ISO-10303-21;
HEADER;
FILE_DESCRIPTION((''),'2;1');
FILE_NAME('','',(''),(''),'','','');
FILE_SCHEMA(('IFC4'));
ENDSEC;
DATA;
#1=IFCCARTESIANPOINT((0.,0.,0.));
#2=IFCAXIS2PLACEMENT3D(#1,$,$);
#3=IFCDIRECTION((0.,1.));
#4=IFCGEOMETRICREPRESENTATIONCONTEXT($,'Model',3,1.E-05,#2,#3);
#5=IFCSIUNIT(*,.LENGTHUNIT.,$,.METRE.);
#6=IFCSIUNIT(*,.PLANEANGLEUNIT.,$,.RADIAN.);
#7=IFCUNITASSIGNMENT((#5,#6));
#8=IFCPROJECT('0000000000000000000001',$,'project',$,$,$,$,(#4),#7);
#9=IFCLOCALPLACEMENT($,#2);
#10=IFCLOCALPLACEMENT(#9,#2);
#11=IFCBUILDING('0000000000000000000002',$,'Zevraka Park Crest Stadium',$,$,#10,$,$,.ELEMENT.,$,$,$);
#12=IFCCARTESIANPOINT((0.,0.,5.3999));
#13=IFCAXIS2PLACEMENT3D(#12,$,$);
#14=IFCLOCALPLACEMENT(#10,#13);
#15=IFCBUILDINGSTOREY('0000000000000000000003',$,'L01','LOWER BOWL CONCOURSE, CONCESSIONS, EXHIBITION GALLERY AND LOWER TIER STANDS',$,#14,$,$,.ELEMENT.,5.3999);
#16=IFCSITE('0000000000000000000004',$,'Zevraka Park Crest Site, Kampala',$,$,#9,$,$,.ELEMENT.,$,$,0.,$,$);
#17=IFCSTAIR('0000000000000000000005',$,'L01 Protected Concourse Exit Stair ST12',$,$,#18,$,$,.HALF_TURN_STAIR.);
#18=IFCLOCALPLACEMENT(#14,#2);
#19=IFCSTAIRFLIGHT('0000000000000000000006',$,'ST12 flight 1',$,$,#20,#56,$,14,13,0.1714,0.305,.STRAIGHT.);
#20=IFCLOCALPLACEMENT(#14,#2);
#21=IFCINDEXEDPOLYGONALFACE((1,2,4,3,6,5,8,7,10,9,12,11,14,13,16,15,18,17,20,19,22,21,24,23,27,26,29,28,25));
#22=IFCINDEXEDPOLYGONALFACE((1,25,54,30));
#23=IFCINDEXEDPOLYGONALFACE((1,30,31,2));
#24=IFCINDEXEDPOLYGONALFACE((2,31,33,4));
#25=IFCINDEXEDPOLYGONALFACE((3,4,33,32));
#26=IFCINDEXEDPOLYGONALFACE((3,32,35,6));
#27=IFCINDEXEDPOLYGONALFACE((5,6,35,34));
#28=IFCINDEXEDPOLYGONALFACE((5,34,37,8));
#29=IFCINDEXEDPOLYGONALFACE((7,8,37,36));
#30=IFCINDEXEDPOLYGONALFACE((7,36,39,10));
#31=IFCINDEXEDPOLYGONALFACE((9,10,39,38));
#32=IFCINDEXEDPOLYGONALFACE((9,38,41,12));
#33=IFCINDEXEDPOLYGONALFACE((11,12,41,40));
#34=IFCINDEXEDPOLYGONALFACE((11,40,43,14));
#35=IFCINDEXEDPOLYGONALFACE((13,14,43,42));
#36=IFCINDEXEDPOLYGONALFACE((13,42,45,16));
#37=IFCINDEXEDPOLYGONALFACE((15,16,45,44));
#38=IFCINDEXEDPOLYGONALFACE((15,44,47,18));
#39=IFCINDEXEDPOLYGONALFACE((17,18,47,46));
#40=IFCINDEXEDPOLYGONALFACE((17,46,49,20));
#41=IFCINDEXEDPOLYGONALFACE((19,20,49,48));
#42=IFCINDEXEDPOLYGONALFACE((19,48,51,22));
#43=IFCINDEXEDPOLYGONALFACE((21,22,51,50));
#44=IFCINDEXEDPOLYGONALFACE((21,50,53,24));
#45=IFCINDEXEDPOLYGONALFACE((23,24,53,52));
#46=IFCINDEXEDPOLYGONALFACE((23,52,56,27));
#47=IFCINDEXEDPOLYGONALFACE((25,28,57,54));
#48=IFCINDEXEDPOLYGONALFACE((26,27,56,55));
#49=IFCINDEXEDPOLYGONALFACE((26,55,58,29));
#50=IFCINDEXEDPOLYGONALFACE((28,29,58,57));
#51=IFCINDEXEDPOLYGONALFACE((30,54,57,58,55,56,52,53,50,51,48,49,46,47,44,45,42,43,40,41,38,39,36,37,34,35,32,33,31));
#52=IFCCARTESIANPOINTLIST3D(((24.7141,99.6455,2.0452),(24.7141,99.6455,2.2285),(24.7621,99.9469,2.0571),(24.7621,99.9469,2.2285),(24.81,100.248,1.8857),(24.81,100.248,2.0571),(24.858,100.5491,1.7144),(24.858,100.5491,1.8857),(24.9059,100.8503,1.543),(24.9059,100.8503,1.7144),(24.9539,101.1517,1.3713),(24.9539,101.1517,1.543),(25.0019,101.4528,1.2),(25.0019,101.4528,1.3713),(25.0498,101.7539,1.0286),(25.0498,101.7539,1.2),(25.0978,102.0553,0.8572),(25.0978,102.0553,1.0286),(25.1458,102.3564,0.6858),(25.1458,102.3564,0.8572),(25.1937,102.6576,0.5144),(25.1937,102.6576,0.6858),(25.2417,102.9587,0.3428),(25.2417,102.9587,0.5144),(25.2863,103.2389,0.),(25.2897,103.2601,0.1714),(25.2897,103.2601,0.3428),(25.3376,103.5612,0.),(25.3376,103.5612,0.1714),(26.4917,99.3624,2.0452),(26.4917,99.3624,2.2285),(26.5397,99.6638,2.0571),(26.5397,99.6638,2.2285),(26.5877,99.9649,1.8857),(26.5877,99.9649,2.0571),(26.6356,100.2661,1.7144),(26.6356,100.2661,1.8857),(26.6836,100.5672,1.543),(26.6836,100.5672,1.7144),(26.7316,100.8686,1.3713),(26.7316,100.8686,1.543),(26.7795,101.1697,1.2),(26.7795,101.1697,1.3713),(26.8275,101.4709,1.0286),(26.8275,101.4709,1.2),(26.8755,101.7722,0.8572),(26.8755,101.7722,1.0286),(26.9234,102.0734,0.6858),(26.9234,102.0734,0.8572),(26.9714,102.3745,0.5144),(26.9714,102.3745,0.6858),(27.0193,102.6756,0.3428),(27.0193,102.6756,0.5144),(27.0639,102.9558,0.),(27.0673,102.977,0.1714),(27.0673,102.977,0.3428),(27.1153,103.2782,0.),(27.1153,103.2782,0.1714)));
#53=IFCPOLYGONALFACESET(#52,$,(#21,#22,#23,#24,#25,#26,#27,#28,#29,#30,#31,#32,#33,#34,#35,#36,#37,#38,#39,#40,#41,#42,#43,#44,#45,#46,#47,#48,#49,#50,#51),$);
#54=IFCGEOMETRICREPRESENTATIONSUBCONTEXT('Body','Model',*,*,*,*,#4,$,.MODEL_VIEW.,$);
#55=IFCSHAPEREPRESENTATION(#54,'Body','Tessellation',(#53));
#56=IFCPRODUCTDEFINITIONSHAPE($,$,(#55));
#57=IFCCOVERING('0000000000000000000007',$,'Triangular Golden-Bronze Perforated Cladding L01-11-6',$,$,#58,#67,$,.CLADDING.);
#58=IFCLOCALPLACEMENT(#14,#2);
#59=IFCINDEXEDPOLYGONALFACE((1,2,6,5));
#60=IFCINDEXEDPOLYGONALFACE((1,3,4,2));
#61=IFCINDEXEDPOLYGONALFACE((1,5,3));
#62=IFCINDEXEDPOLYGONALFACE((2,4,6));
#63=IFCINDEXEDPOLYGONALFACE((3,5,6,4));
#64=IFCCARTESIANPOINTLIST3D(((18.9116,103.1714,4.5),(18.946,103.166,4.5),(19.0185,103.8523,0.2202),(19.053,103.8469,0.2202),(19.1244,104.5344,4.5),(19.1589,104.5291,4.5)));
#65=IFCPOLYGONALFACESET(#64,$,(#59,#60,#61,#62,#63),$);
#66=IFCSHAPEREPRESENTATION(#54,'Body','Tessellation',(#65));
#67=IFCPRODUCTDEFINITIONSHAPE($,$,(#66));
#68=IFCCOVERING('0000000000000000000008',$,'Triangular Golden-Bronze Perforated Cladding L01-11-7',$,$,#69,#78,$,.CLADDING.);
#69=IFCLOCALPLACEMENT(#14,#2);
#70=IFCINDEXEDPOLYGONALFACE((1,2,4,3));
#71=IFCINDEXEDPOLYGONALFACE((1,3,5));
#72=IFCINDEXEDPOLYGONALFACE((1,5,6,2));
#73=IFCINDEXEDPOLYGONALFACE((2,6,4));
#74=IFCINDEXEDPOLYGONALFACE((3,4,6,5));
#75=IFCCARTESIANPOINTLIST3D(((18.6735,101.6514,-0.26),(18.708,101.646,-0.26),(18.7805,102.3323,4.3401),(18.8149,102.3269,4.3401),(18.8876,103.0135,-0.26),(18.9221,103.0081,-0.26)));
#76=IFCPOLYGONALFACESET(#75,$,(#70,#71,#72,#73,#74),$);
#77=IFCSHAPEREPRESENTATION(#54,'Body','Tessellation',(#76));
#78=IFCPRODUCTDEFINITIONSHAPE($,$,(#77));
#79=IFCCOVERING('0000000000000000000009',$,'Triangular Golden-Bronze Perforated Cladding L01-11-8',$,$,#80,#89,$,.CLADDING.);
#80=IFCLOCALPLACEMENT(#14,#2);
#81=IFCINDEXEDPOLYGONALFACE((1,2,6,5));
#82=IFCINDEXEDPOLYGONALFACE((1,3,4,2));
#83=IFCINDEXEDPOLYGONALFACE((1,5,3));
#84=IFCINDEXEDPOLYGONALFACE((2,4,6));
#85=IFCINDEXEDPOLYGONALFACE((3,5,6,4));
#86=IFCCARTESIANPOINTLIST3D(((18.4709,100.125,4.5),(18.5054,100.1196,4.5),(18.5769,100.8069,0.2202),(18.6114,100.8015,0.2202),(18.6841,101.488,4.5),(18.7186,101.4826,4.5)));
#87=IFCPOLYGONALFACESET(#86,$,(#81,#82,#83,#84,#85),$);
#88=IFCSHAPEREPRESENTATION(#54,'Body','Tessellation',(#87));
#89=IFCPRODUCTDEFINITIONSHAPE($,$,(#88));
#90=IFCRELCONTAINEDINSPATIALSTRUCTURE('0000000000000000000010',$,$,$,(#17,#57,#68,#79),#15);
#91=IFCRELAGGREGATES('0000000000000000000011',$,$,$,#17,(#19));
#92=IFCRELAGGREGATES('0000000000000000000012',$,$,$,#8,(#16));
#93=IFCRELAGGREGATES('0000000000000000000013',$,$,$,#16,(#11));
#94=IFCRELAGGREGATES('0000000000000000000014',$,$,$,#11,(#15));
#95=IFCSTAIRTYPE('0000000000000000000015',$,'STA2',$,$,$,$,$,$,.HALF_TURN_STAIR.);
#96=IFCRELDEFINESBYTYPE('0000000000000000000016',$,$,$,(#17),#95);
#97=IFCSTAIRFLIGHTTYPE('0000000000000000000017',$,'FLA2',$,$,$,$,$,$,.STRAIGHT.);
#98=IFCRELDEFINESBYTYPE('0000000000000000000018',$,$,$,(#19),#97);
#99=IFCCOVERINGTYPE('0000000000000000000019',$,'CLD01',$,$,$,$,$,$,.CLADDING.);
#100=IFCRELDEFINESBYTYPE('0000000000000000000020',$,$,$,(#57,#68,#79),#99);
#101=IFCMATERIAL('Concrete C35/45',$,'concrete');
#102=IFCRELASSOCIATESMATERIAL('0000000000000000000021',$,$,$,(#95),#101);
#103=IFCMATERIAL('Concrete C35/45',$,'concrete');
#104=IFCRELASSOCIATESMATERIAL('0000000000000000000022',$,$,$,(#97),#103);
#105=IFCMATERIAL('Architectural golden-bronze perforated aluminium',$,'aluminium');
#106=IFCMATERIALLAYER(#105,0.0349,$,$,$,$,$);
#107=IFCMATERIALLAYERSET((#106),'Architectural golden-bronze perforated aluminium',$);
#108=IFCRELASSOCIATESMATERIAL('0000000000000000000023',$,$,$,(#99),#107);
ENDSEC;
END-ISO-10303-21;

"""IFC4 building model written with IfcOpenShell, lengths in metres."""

from ifc_helpers import new_model, si_unit, direction, frame, origin, place, context, subcontext, project, spatial, polyline, outline, extrude, material, layer, layer_set, type_object, element, aggregate, save


model = new_model("IFC4")

# Units and contexts
model_context = context("Model", 3, precision=1e-05, world=origin(), true_north=direction((0.0, 1.0)))
body_context = subcontext(model_context, "Body", "Model", "MODEL_VIEW")
ifc_project = project(units=[si_unit("LENGTHUNIT", "METRE"), si_unit("PLANEANGLEUNIT", "RADIAN")], contexts=[model_context])

# Site, building, storey
site_placement = place(None, origin())
site = spatial("IfcSite", under=ifc_project, at=site_placement, Name="Zevraka Park Crest Site, Kampala", CompositionType="ELEMENT", RefElevation=0.0)
building_placement = place(site_placement, origin())
building = spatial("IfcBuilding", under=site, at=building_placement, Name="Zevraka Park Crest Stadium", CompositionType="ELEMENT")
storey_placement = place(building_placement, frame((0.0, 0.0, 5.3999)))
storey = spatial("IfcBuildingStorey", under=building, at=storey_placement, Name="L01", Description="LOWER BOWL CONCOURSE, CONCESSIONS, EXHIBITION GALLERY AND LOWER TIER STANDS", CompositionType="ELEMENT", Elevation=5.3999)

# Stair, stair flight
ifc_material_1 = material(Name="Concrete C35/45", Category="concrete")
stair_type = type_object("IfcStairType", Name="STA2", PredefinedType="HALF_TURN_STAIR", material=ifc_material_1)
stair_placement = place(storey_placement, origin())
stair = element("IfcStair", 1, at=stair_placement, inside=storey, type_object=stair_type, Name="L01 Protected Concourse Exit Stair ST12", PredefinedType="HALF_TURN_STAIR")
ifc_material_2 = material(Name="Concrete C35/45", Category="concrete")
stair_flight_type = type_object("IfcStairFlightType", Name="FLA2", PredefinedType="STRAIGHT", material=ifc_material_2)
stair_flight_placement = place(storey_placement, frame((26.2266, 103.4197, 0.0), z_axis=(0.0, 0.0, 1.0), x_axis=(-0.157262, -0.987557, 0.0)))
stair_flight = element("IfcStairFlight", 2, at=stair_flight_placement, type_object=stair_flight_type, Name="ST12 flight 1", NumberOfRisers=14, NumberOfTreads=13, PredefinedType="STRAIGHT", RiserHeight=0.1714, TreadLength=0.305, context=body_context, shape_type="SweptSolid", body=[
    extrude(outline(polyline([(0.0, 0.0), (0.0, 0.1714), (0.3049, 0.1714), (0.3049, 0.3428), (0.6101, 0.3428), (0.6101, 0.5144), (0.915, 0.5144), (0.915, 0.6858), (1.22, 0.6858), (1.22, 0.8572), (1.5249, 0.8572), (1.5249, 1.0286), (1.8301, 1.0286), (1.8301, 1.2), (2.135, 1.2), (2.135, 1.3713), (2.4399, 1.3713), (2.4399, 1.543), (2.7451, 1.543), (2.7451, 1.7144), (3.05, 1.7144), (3.05, 1.8857), (3.355, 1.8857), (3.355, 2.0571), (3.6599, 2.0571), (3.6599, 2.2285), (3.9651, 2.2285), (3.9651, 2.3999), (3.9651, 2.0452), (0.3264, 0.0), (0.0, 0.0)])), frame((0.0, 0.8999, 0.0), z_axis=(0.0, -1.0, 0.0), x_axis=(1.0, 0.0, 0.0)), (0.0, 0.0, 1.0), 1.8),
])
aggregate(stair, [stair_flight])

# Coverings
ifc_material_3 = material(Name="Architectural golden-bronze perforated aluminium", Category="aluminium")
ifc_layer_1 = layer(ifc_material_3, 0.0349)
ifc_layer_set_1 = layer_set([ifc_layer_1], Name="Architectural golden-bronze perforated aluminium")
covering_type = type_object("IfcCoveringType", Name="CLD01", PredefinedType="CLADDING", material=ifc_layer_set_1)
covering_1_placement = place(storey_placement, frame((18.946, 103.166, 4.5), z_axis=(0.988021, -0.154317, 0.000135), x_axis=(0.154317, 0.988021, 0.0)))
element("IfcCovering", 3, at=covering_1_placement, inside=storey, type_object=covering_type, Name="Triangular Golden-Bronze Perforated Cladding L01-11-6", PredefinedType="CLADDING", context=body_context, shape_type="SweptSolid", body=[
    extrude(outline(polyline([(0.0, 0.0), (1.3796, 0.0), (0.6893, -4.2798), (0.0, 0.0)])), origin(), (0.0, 0.0, -1.0), 0.0349),
])
covering_2_placement = place(storey_placement, frame((18.9221, 103.0081, -0.26), z_axis=(0.987869, -0.15529, 0.000022), x_axis=(-0.15529, -0.987869, 0.0)))
element("IfcCovering", 4, at=covering_2_placement, inside=storey, type_object=covering_type, Name="Triangular Golden-Bronze Perforated Cladding L01-11-7", PredefinedType="CLADDING", context=body_context, shape_type="SweptSolid", body=[
    extrude(outline(polyline([(0.0, 0.0), (1.3788, 0.0), (0.6895, -4.6001), (0.0, 0.0)])), origin(), (0.0, 0.0, -1.0), 0.0349),
])
covering_3_placement = place(storey_placement, frame((18.4709, 100.125, 4.5), z_axis=(-0.987994, 0.15449, 0.000154), x_axis=(0.15449, 0.987994, 0.0)))
element("IfcCovering", 5, at=covering_3_placement, inside=storey, type_object=covering_type, Name="Triangular Golden-Bronze Perforated Cladding L01-11-8", PredefinedType="CLADDING", context=body_context, shape_type="SweptSolid", body=[
    extrude(outline(polyline([(0.0, 0.0), (1.3796, 0.0), (0.6901, 4.2798), (0.0, 0.0)])), origin(), (0.0, 0.0, -1.0), 0.0349),
])

save(model, "model.ifc")
